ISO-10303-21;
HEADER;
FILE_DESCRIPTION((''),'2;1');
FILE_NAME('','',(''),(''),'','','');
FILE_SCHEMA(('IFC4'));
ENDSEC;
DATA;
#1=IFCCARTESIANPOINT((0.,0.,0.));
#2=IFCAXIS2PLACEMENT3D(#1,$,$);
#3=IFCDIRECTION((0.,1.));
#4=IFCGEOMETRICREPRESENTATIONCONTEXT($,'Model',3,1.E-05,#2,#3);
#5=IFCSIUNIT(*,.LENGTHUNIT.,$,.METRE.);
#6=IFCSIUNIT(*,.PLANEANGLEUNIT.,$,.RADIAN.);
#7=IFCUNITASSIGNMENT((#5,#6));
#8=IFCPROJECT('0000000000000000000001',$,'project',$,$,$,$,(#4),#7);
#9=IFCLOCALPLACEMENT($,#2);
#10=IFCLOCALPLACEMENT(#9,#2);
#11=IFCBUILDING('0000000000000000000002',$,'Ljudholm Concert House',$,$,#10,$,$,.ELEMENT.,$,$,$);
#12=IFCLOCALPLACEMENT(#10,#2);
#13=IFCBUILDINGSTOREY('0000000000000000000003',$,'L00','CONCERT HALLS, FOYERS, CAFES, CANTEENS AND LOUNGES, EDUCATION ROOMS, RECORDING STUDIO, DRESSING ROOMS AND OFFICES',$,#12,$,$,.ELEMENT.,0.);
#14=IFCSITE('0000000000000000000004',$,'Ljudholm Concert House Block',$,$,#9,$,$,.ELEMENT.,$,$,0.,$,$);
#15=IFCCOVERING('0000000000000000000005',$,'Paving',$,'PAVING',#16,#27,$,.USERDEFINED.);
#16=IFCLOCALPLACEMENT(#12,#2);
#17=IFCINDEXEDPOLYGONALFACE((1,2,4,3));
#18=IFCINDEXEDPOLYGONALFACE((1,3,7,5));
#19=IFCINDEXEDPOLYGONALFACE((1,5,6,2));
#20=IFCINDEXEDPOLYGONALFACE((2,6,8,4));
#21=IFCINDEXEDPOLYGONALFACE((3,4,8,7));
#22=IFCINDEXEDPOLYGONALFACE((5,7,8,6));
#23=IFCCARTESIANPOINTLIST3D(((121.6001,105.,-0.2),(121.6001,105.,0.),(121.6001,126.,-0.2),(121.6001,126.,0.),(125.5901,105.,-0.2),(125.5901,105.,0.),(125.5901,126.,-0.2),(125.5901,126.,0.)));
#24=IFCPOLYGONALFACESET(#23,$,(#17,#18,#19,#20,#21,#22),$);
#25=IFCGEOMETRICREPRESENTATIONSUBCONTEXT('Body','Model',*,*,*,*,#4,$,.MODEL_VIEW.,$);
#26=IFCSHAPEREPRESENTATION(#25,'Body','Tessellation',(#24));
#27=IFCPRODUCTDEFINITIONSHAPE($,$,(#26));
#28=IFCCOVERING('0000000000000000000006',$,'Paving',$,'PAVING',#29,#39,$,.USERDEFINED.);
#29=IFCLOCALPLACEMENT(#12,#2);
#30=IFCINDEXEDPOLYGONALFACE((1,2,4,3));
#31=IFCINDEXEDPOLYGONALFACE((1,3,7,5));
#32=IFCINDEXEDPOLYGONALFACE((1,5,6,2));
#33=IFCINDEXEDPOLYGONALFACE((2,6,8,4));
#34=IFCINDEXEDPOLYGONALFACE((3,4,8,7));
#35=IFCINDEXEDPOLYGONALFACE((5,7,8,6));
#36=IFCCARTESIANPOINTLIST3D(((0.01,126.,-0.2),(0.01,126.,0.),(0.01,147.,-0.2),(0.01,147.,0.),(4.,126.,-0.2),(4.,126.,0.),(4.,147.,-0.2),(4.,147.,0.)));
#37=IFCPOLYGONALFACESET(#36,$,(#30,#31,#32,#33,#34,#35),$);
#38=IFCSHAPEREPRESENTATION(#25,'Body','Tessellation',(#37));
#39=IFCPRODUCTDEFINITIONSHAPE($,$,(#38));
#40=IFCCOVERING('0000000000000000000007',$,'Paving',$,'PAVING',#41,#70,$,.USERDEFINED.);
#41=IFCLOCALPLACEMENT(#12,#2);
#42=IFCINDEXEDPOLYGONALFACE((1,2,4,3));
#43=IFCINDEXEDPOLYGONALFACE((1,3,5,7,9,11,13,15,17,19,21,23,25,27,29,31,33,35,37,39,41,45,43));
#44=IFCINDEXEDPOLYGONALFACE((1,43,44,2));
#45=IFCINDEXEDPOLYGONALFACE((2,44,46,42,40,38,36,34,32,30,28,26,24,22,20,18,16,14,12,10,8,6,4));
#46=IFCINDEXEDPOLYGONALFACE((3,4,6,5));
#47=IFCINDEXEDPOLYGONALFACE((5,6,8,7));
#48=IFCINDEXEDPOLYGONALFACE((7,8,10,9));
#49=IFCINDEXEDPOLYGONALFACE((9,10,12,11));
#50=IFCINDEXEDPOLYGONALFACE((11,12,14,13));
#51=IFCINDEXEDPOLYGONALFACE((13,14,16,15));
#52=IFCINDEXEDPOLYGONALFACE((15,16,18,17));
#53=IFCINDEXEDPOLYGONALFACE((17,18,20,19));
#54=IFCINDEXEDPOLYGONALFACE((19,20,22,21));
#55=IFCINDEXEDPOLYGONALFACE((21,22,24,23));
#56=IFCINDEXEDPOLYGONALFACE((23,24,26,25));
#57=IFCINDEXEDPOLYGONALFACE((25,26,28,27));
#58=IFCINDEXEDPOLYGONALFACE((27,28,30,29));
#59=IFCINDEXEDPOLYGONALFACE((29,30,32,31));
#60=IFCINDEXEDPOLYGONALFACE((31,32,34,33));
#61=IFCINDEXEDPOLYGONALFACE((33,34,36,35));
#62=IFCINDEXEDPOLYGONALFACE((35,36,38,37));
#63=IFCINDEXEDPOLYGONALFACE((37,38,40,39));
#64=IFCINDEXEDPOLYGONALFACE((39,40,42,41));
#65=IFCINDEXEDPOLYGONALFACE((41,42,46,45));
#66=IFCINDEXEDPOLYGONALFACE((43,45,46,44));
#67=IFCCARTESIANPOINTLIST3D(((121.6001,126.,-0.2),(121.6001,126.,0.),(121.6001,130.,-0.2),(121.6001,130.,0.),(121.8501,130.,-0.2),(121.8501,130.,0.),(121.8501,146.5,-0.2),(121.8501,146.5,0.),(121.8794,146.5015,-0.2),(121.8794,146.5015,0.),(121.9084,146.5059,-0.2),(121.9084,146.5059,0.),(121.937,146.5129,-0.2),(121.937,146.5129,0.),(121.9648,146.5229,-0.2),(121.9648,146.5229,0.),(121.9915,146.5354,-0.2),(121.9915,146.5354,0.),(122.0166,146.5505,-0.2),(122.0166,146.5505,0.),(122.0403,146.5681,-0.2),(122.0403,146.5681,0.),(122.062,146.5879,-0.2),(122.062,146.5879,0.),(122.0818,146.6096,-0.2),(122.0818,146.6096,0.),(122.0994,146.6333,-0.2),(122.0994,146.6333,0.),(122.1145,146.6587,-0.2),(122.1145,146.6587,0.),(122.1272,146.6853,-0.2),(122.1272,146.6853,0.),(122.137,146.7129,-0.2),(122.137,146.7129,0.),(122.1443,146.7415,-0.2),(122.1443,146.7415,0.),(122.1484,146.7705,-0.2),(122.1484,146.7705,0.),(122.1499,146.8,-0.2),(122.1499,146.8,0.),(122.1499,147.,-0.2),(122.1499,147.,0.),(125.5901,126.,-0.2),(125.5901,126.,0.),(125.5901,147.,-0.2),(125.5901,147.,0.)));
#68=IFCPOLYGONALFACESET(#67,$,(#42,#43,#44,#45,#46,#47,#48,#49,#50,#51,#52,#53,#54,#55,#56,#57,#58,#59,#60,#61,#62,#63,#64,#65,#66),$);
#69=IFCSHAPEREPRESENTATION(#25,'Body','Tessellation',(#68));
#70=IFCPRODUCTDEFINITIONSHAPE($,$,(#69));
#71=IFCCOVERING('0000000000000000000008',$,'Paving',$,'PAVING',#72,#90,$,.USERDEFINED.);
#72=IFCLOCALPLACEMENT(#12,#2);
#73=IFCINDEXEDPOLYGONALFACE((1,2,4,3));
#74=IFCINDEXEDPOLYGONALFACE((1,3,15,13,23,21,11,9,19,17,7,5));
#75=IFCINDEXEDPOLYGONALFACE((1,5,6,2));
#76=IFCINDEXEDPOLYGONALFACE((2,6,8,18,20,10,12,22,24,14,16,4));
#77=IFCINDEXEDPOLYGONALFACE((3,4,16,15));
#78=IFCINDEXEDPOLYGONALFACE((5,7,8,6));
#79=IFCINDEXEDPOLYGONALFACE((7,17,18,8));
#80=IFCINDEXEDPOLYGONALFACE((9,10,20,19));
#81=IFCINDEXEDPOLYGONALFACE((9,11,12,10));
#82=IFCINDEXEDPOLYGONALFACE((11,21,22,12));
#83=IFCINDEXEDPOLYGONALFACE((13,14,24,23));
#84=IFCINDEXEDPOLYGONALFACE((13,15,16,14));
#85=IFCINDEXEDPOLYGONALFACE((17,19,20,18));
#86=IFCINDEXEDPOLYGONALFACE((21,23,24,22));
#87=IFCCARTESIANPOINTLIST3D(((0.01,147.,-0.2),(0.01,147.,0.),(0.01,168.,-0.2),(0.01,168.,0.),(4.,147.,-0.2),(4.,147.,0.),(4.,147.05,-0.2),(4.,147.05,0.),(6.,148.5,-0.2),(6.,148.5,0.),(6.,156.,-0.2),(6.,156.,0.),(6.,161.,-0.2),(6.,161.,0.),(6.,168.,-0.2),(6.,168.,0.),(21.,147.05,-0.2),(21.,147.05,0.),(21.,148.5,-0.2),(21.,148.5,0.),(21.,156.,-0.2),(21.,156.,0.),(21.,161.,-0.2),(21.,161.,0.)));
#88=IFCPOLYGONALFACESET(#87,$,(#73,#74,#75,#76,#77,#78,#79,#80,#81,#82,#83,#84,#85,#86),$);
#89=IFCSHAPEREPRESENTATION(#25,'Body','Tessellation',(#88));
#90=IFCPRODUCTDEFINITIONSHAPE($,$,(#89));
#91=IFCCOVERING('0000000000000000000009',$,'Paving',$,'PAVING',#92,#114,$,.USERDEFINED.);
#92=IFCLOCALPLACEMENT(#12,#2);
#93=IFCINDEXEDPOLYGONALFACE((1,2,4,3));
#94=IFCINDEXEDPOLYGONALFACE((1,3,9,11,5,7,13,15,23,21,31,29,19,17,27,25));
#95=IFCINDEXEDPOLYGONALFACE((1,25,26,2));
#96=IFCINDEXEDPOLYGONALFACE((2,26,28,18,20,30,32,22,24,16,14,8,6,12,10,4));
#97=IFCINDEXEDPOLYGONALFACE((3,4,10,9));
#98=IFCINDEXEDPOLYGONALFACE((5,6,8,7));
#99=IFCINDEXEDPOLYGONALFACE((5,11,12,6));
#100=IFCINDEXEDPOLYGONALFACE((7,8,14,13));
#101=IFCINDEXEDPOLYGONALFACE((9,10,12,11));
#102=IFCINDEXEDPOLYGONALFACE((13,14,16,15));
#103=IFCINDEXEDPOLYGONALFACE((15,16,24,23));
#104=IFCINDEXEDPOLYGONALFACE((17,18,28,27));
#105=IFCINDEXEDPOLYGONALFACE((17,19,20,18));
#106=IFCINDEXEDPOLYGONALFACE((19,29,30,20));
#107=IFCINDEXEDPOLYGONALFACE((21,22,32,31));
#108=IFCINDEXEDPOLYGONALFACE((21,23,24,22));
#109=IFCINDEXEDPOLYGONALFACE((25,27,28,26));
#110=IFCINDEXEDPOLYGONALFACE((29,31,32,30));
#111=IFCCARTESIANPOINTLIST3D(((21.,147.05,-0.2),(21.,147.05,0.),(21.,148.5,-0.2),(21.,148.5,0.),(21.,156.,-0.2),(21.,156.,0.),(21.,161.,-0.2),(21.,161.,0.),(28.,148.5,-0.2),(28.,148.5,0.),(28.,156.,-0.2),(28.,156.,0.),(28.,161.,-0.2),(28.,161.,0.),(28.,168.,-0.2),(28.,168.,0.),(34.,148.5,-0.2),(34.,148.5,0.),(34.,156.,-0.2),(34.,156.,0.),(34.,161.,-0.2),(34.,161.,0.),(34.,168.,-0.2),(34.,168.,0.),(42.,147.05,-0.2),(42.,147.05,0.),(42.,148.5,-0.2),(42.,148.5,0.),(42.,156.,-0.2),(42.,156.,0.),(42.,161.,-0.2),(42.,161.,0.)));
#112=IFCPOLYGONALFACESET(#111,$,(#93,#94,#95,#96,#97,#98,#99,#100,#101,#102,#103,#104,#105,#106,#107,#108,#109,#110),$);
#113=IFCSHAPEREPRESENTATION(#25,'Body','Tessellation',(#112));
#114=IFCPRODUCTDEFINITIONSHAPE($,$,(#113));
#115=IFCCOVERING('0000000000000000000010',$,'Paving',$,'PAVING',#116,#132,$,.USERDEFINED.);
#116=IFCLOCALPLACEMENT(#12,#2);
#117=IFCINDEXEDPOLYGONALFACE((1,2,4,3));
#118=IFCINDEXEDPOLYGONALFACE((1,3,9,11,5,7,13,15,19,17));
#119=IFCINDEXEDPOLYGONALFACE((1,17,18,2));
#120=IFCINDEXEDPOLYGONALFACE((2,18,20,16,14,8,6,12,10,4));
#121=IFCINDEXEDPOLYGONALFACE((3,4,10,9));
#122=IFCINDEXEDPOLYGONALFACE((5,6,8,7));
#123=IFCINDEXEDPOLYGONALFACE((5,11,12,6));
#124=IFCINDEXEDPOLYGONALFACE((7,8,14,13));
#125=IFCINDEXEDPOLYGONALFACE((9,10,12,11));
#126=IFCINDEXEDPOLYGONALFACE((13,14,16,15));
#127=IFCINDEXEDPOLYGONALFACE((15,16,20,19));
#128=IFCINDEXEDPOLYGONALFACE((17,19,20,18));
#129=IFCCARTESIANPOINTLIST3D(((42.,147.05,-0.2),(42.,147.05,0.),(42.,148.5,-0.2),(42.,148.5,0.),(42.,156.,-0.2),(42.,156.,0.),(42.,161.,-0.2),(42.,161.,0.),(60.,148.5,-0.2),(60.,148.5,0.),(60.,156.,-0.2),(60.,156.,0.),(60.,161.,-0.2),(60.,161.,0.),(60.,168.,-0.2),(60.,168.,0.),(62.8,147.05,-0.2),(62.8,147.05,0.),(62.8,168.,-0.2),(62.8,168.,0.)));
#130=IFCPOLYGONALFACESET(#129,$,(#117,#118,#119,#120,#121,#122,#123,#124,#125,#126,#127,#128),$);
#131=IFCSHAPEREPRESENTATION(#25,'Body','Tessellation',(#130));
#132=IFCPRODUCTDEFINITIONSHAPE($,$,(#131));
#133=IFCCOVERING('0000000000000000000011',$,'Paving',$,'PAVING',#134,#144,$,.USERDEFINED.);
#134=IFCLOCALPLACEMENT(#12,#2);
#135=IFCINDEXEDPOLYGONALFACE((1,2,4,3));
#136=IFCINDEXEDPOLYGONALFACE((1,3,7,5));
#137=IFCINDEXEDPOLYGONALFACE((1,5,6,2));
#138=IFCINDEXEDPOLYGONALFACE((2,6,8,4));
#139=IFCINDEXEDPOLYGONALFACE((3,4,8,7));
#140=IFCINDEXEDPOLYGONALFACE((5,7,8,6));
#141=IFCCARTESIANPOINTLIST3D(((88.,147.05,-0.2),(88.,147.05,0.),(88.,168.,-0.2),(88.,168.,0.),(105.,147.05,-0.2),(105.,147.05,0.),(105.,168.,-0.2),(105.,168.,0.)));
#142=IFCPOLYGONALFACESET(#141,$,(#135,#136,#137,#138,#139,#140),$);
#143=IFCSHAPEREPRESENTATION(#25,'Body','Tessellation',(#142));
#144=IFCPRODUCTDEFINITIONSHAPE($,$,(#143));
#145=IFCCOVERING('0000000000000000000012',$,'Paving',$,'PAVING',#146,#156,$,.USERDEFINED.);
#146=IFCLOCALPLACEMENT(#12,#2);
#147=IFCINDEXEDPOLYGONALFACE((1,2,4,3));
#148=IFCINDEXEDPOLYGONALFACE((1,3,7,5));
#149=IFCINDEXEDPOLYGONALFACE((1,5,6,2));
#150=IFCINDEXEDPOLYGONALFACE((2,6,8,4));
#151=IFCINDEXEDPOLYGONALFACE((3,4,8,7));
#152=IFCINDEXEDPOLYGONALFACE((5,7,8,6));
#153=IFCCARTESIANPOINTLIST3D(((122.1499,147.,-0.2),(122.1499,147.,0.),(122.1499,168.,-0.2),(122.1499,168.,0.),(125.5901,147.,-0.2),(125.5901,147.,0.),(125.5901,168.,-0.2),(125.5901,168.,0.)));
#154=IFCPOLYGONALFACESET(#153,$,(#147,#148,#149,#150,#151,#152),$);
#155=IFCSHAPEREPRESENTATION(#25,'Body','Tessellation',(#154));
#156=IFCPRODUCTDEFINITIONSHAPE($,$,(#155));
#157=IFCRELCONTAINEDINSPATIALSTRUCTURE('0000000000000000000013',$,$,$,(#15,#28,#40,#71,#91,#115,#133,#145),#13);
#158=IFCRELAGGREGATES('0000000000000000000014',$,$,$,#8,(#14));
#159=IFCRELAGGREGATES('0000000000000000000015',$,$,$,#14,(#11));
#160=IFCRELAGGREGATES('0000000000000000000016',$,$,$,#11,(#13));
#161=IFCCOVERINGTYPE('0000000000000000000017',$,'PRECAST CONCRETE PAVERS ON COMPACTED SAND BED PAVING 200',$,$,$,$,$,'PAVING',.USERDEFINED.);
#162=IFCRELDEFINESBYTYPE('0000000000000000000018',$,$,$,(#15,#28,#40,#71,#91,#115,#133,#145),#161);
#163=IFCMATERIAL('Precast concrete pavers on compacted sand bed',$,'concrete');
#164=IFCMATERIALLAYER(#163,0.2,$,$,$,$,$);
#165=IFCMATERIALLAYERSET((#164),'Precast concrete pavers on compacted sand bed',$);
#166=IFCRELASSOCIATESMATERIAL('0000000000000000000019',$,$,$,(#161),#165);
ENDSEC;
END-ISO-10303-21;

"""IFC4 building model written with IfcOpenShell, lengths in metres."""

from ifc_helpers import new_model, si_unit, direction, frame, origin, place, context, subcontext, project, spatial, polyline, outline, extrude, material, layer, layer_set, type_object, element, save


model = new_model("IFC4")

# Units and contexts
model_context = context("Model", 3, precision=1e-05, world=origin(), true_north=direction((0.0, 1.0)))
body_context = subcontext(model_context, "Body", "Model", "MODEL_VIEW")
ifc_project = project(units=[si_unit("LENGTHUNIT", "METRE"), si_unit("PLANEANGLEUNIT", "RADIAN")], contexts=[model_context])

# Site, building, storey
site_placement = place(None, origin())
site = spatial("IfcSite", under=ifc_project, at=site_placement, Name="Ljudholm Concert House Block", CompositionType="ELEMENT", RefElevation=0.0)
building_placement = place(site_placement, origin())
building = spatial("IfcBuilding", under=site, at=building_placement, Name="Ljudholm Concert House", CompositionType="ELEMENT")
storey_placement = place(building_placement, origin())
storey = spatial("IfcBuildingStorey", under=building, at=storey_placement, Name="L00", Description="CONCERT HALLS, FOYERS, CAFES, CANTEENS AND LOUNGES, EDUCATION ROOMS, RECORDING STUDIO, DRESSING ROOMS AND OFFICES", CompositionType="ELEMENT", Elevation=0.0)

# Coverings
ifc_material = material(Name="Precast concrete pavers on compacted sand bed", Category="concrete")
ifc_layer = layer(ifc_material, 0.2)
ifc_layer_set = layer_set([ifc_layer], Name="Precast concrete pavers on compacted sand bed")
covering_type = type_object("IfcCoveringType", Name="PRECAST CONCRETE PAVERS ON COMPACTED SAND BED PAVING 200", ElementType="PAVING", PredefinedType="USERDEFINED", material=ifc_layer_set)
covering_1_placement = place(storey_placement, frame((0.0, 0.0, -0.2)))
element("IfcCovering", 1, at=covering_1_placement, inside=storey, type_object=covering_type, Name="Paving", ObjectType="PAVING", PredefinedType="USERDEFINED", context=body_context, shape_type="SweptSolid", body=[
    extrude(outline(polyline([(125.5901, 105.0), (121.6001, 105.0), (121.6001, 126.0), (125.5901, 126.0), (125.5901, 105.0)])), origin(), (0.0, 0.0, 1.0), 0.2),
])
covering_2_placement = place(storey_placement, frame((0.0, 0.0, -0.2)))
element("IfcCovering", 2, at=covering_2_placement, inside=storey, type_object=covering_type, Name="Paving", ObjectType="PAVING", PredefinedType="USERDEFINED", context=body_context, shape_type="SweptSolid", body=[
    extrude(outline(polyline([(0.01, 147.0), (4.0, 147.0), (4.0, 126.0), (0.01, 126.0), (0.01, 147.0)])), origin(), (0.0, 0.0, 1.0), 0.2),
])
covering_3_placement = place(storey_placement, frame((0.0, 0.0, -0.2)))
element("IfcCovering", 3, at=covering_3_placement, inside=storey, type_object=covering_type, Name="Paving", ObjectType="PAVING", PredefinedType="USERDEFINED", context=body_context, shape_type="SweptSolid", body=[
    extrude(outline(polyline([(125.5901, 126.0), (121.6001, 126.0), (121.6001, 130.0), (121.8501, 130.0), (121.8501, 146.5), (121.8794, 146.5015), (121.9084, 146.5059), (121.937, 146.5129), (121.9648, 146.5229), (121.9915, 146.5354), (122.0166, 146.5505), (122.0403, 146.5681), (122.062, 146.5879), (122.0818, 146.6096), (122.0994, 146.6333), (122.1145, 146.6587), (122.1272, 146.6853), (122.137, 146.7129), (122.1443, 146.7415), (122.1484, 146.7705), (122.1499, 146.8), (122.1499, 147.0), (125.5901, 147.0), (125.5901, 126.0)])), origin(), (0.0, 0.0, 1.0), 0.2),
])
covering_4_placement = place(storey_placement, frame((0.0, 0.0, -0.2)))
element("IfcCovering", 4, at=covering_4_placement, inside=storey, type_object=covering_type, Name="Paving", ObjectType="PAVING", PredefinedType="USERDEFINED", context=body_context, shape_type="SweptSolid", body=[
    extrude(outline(polyline([(0.01, 168.0), (6.0, 168.0), (6.0, 161.0), (21.0, 161.0), (21.0, 156.0), (6.0, 156.0), (6.0, 148.5), (21.0, 148.5), (21.0, 147.05), (4.0, 147.05), (4.0, 147.0), (0.01, 147.0), (0.01, 168.0)])), origin(), (0.0, 0.0, 1.0), 0.2),
])
covering_5_placement = place(storey_placement, frame((0.0, 0.0, -0.2)))
element("IfcCovering", 5, at=covering_5_placement, inside=storey, type_object=covering_type, Name="Paving", ObjectType="PAVING", PredefinedType="USERDEFINED", context=body_context, shape_type="SweptSolid", body=[
    extrude(outline(polyline([(21.0, 147.05), (21.0, 148.5), (28.0, 148.5), (28.0, 156.0), (21.0, 156.0), (21.0, 161.0), (28.0, 161.0), (28.0, 168.0), (34.0, 168.0), (34.0, 161.0), (42.0, 161.0), (42.0, 156.0), (34.0, 156.0), (34.0, 148.5), (42.0, 148.5), (42.0, 147.05), (21.0, 147.05)])), origin(), (0.0, 0.0, 1.0), 0.2),
])
covering_6_placement = place(storey_placement, frame((0.0, 0.0, -0.2)))
element("IfcCovering", 6, at=covering_6_placement, inside=storey, type_object=covering_type, Name="Paving", ObjectType="PAVING", PredefinedType="USERDEFINED", context=body_context, shape_type="SweptSolid", body=[
    extrude(outline(polyline([(62.8, 147.05), (42.0, 147.05), (42.0, 148.5), (60.0, 148.5), (60.0, 156.0), (42.0, 156.0), (42.0, 161.0), (60.0, 161.0), (60.0, 168.0), (62.8, 168.0), (62.8, 147.05)])), origin(), (0.0, 0.0, 1.0), 0.2),
])
covering_7_placement = place(storey_placement, frame((0.0, 0.0, -0.2)))
element("IfcCovering", 7, at=covering_7_placement, inside=storey, type_object=covering_type, Name="Paving", ObjectType="PAVING", PredefinedType="USERDEFINED", context=body_context, shape_type="SweptSolid", body=[
    extrude(outline(polyline([(88.0, 147.05), (88.0, 168.0), (105.0, 168.0), (105.0, 147.05), (88.0, 147.05)])), origin(), (0.0, 0.0, 1.0), 0.2),
])
covering_8_placement = place(storey_placement, frame((0.0, 0.0, -0.2)))
element("IfcCovering", 8, at=covering_8_placement, inside=storey, type_object=covering_type, Name="Paving", ObjectType="PAVING", PredefinedType="USERDEFINED", context=body_context, shape_type="SweptSolid", body=[
    extrude(outline(polyline([(125.5901, 147.0), (122.1499, 147.0), (122.1499, 168.0), (125.5901, 168.0), (125.5901, 147.0)])), origin(), (0.0, 0.0, 1.0), 0.2),
])

save(model, "model.ifc")
